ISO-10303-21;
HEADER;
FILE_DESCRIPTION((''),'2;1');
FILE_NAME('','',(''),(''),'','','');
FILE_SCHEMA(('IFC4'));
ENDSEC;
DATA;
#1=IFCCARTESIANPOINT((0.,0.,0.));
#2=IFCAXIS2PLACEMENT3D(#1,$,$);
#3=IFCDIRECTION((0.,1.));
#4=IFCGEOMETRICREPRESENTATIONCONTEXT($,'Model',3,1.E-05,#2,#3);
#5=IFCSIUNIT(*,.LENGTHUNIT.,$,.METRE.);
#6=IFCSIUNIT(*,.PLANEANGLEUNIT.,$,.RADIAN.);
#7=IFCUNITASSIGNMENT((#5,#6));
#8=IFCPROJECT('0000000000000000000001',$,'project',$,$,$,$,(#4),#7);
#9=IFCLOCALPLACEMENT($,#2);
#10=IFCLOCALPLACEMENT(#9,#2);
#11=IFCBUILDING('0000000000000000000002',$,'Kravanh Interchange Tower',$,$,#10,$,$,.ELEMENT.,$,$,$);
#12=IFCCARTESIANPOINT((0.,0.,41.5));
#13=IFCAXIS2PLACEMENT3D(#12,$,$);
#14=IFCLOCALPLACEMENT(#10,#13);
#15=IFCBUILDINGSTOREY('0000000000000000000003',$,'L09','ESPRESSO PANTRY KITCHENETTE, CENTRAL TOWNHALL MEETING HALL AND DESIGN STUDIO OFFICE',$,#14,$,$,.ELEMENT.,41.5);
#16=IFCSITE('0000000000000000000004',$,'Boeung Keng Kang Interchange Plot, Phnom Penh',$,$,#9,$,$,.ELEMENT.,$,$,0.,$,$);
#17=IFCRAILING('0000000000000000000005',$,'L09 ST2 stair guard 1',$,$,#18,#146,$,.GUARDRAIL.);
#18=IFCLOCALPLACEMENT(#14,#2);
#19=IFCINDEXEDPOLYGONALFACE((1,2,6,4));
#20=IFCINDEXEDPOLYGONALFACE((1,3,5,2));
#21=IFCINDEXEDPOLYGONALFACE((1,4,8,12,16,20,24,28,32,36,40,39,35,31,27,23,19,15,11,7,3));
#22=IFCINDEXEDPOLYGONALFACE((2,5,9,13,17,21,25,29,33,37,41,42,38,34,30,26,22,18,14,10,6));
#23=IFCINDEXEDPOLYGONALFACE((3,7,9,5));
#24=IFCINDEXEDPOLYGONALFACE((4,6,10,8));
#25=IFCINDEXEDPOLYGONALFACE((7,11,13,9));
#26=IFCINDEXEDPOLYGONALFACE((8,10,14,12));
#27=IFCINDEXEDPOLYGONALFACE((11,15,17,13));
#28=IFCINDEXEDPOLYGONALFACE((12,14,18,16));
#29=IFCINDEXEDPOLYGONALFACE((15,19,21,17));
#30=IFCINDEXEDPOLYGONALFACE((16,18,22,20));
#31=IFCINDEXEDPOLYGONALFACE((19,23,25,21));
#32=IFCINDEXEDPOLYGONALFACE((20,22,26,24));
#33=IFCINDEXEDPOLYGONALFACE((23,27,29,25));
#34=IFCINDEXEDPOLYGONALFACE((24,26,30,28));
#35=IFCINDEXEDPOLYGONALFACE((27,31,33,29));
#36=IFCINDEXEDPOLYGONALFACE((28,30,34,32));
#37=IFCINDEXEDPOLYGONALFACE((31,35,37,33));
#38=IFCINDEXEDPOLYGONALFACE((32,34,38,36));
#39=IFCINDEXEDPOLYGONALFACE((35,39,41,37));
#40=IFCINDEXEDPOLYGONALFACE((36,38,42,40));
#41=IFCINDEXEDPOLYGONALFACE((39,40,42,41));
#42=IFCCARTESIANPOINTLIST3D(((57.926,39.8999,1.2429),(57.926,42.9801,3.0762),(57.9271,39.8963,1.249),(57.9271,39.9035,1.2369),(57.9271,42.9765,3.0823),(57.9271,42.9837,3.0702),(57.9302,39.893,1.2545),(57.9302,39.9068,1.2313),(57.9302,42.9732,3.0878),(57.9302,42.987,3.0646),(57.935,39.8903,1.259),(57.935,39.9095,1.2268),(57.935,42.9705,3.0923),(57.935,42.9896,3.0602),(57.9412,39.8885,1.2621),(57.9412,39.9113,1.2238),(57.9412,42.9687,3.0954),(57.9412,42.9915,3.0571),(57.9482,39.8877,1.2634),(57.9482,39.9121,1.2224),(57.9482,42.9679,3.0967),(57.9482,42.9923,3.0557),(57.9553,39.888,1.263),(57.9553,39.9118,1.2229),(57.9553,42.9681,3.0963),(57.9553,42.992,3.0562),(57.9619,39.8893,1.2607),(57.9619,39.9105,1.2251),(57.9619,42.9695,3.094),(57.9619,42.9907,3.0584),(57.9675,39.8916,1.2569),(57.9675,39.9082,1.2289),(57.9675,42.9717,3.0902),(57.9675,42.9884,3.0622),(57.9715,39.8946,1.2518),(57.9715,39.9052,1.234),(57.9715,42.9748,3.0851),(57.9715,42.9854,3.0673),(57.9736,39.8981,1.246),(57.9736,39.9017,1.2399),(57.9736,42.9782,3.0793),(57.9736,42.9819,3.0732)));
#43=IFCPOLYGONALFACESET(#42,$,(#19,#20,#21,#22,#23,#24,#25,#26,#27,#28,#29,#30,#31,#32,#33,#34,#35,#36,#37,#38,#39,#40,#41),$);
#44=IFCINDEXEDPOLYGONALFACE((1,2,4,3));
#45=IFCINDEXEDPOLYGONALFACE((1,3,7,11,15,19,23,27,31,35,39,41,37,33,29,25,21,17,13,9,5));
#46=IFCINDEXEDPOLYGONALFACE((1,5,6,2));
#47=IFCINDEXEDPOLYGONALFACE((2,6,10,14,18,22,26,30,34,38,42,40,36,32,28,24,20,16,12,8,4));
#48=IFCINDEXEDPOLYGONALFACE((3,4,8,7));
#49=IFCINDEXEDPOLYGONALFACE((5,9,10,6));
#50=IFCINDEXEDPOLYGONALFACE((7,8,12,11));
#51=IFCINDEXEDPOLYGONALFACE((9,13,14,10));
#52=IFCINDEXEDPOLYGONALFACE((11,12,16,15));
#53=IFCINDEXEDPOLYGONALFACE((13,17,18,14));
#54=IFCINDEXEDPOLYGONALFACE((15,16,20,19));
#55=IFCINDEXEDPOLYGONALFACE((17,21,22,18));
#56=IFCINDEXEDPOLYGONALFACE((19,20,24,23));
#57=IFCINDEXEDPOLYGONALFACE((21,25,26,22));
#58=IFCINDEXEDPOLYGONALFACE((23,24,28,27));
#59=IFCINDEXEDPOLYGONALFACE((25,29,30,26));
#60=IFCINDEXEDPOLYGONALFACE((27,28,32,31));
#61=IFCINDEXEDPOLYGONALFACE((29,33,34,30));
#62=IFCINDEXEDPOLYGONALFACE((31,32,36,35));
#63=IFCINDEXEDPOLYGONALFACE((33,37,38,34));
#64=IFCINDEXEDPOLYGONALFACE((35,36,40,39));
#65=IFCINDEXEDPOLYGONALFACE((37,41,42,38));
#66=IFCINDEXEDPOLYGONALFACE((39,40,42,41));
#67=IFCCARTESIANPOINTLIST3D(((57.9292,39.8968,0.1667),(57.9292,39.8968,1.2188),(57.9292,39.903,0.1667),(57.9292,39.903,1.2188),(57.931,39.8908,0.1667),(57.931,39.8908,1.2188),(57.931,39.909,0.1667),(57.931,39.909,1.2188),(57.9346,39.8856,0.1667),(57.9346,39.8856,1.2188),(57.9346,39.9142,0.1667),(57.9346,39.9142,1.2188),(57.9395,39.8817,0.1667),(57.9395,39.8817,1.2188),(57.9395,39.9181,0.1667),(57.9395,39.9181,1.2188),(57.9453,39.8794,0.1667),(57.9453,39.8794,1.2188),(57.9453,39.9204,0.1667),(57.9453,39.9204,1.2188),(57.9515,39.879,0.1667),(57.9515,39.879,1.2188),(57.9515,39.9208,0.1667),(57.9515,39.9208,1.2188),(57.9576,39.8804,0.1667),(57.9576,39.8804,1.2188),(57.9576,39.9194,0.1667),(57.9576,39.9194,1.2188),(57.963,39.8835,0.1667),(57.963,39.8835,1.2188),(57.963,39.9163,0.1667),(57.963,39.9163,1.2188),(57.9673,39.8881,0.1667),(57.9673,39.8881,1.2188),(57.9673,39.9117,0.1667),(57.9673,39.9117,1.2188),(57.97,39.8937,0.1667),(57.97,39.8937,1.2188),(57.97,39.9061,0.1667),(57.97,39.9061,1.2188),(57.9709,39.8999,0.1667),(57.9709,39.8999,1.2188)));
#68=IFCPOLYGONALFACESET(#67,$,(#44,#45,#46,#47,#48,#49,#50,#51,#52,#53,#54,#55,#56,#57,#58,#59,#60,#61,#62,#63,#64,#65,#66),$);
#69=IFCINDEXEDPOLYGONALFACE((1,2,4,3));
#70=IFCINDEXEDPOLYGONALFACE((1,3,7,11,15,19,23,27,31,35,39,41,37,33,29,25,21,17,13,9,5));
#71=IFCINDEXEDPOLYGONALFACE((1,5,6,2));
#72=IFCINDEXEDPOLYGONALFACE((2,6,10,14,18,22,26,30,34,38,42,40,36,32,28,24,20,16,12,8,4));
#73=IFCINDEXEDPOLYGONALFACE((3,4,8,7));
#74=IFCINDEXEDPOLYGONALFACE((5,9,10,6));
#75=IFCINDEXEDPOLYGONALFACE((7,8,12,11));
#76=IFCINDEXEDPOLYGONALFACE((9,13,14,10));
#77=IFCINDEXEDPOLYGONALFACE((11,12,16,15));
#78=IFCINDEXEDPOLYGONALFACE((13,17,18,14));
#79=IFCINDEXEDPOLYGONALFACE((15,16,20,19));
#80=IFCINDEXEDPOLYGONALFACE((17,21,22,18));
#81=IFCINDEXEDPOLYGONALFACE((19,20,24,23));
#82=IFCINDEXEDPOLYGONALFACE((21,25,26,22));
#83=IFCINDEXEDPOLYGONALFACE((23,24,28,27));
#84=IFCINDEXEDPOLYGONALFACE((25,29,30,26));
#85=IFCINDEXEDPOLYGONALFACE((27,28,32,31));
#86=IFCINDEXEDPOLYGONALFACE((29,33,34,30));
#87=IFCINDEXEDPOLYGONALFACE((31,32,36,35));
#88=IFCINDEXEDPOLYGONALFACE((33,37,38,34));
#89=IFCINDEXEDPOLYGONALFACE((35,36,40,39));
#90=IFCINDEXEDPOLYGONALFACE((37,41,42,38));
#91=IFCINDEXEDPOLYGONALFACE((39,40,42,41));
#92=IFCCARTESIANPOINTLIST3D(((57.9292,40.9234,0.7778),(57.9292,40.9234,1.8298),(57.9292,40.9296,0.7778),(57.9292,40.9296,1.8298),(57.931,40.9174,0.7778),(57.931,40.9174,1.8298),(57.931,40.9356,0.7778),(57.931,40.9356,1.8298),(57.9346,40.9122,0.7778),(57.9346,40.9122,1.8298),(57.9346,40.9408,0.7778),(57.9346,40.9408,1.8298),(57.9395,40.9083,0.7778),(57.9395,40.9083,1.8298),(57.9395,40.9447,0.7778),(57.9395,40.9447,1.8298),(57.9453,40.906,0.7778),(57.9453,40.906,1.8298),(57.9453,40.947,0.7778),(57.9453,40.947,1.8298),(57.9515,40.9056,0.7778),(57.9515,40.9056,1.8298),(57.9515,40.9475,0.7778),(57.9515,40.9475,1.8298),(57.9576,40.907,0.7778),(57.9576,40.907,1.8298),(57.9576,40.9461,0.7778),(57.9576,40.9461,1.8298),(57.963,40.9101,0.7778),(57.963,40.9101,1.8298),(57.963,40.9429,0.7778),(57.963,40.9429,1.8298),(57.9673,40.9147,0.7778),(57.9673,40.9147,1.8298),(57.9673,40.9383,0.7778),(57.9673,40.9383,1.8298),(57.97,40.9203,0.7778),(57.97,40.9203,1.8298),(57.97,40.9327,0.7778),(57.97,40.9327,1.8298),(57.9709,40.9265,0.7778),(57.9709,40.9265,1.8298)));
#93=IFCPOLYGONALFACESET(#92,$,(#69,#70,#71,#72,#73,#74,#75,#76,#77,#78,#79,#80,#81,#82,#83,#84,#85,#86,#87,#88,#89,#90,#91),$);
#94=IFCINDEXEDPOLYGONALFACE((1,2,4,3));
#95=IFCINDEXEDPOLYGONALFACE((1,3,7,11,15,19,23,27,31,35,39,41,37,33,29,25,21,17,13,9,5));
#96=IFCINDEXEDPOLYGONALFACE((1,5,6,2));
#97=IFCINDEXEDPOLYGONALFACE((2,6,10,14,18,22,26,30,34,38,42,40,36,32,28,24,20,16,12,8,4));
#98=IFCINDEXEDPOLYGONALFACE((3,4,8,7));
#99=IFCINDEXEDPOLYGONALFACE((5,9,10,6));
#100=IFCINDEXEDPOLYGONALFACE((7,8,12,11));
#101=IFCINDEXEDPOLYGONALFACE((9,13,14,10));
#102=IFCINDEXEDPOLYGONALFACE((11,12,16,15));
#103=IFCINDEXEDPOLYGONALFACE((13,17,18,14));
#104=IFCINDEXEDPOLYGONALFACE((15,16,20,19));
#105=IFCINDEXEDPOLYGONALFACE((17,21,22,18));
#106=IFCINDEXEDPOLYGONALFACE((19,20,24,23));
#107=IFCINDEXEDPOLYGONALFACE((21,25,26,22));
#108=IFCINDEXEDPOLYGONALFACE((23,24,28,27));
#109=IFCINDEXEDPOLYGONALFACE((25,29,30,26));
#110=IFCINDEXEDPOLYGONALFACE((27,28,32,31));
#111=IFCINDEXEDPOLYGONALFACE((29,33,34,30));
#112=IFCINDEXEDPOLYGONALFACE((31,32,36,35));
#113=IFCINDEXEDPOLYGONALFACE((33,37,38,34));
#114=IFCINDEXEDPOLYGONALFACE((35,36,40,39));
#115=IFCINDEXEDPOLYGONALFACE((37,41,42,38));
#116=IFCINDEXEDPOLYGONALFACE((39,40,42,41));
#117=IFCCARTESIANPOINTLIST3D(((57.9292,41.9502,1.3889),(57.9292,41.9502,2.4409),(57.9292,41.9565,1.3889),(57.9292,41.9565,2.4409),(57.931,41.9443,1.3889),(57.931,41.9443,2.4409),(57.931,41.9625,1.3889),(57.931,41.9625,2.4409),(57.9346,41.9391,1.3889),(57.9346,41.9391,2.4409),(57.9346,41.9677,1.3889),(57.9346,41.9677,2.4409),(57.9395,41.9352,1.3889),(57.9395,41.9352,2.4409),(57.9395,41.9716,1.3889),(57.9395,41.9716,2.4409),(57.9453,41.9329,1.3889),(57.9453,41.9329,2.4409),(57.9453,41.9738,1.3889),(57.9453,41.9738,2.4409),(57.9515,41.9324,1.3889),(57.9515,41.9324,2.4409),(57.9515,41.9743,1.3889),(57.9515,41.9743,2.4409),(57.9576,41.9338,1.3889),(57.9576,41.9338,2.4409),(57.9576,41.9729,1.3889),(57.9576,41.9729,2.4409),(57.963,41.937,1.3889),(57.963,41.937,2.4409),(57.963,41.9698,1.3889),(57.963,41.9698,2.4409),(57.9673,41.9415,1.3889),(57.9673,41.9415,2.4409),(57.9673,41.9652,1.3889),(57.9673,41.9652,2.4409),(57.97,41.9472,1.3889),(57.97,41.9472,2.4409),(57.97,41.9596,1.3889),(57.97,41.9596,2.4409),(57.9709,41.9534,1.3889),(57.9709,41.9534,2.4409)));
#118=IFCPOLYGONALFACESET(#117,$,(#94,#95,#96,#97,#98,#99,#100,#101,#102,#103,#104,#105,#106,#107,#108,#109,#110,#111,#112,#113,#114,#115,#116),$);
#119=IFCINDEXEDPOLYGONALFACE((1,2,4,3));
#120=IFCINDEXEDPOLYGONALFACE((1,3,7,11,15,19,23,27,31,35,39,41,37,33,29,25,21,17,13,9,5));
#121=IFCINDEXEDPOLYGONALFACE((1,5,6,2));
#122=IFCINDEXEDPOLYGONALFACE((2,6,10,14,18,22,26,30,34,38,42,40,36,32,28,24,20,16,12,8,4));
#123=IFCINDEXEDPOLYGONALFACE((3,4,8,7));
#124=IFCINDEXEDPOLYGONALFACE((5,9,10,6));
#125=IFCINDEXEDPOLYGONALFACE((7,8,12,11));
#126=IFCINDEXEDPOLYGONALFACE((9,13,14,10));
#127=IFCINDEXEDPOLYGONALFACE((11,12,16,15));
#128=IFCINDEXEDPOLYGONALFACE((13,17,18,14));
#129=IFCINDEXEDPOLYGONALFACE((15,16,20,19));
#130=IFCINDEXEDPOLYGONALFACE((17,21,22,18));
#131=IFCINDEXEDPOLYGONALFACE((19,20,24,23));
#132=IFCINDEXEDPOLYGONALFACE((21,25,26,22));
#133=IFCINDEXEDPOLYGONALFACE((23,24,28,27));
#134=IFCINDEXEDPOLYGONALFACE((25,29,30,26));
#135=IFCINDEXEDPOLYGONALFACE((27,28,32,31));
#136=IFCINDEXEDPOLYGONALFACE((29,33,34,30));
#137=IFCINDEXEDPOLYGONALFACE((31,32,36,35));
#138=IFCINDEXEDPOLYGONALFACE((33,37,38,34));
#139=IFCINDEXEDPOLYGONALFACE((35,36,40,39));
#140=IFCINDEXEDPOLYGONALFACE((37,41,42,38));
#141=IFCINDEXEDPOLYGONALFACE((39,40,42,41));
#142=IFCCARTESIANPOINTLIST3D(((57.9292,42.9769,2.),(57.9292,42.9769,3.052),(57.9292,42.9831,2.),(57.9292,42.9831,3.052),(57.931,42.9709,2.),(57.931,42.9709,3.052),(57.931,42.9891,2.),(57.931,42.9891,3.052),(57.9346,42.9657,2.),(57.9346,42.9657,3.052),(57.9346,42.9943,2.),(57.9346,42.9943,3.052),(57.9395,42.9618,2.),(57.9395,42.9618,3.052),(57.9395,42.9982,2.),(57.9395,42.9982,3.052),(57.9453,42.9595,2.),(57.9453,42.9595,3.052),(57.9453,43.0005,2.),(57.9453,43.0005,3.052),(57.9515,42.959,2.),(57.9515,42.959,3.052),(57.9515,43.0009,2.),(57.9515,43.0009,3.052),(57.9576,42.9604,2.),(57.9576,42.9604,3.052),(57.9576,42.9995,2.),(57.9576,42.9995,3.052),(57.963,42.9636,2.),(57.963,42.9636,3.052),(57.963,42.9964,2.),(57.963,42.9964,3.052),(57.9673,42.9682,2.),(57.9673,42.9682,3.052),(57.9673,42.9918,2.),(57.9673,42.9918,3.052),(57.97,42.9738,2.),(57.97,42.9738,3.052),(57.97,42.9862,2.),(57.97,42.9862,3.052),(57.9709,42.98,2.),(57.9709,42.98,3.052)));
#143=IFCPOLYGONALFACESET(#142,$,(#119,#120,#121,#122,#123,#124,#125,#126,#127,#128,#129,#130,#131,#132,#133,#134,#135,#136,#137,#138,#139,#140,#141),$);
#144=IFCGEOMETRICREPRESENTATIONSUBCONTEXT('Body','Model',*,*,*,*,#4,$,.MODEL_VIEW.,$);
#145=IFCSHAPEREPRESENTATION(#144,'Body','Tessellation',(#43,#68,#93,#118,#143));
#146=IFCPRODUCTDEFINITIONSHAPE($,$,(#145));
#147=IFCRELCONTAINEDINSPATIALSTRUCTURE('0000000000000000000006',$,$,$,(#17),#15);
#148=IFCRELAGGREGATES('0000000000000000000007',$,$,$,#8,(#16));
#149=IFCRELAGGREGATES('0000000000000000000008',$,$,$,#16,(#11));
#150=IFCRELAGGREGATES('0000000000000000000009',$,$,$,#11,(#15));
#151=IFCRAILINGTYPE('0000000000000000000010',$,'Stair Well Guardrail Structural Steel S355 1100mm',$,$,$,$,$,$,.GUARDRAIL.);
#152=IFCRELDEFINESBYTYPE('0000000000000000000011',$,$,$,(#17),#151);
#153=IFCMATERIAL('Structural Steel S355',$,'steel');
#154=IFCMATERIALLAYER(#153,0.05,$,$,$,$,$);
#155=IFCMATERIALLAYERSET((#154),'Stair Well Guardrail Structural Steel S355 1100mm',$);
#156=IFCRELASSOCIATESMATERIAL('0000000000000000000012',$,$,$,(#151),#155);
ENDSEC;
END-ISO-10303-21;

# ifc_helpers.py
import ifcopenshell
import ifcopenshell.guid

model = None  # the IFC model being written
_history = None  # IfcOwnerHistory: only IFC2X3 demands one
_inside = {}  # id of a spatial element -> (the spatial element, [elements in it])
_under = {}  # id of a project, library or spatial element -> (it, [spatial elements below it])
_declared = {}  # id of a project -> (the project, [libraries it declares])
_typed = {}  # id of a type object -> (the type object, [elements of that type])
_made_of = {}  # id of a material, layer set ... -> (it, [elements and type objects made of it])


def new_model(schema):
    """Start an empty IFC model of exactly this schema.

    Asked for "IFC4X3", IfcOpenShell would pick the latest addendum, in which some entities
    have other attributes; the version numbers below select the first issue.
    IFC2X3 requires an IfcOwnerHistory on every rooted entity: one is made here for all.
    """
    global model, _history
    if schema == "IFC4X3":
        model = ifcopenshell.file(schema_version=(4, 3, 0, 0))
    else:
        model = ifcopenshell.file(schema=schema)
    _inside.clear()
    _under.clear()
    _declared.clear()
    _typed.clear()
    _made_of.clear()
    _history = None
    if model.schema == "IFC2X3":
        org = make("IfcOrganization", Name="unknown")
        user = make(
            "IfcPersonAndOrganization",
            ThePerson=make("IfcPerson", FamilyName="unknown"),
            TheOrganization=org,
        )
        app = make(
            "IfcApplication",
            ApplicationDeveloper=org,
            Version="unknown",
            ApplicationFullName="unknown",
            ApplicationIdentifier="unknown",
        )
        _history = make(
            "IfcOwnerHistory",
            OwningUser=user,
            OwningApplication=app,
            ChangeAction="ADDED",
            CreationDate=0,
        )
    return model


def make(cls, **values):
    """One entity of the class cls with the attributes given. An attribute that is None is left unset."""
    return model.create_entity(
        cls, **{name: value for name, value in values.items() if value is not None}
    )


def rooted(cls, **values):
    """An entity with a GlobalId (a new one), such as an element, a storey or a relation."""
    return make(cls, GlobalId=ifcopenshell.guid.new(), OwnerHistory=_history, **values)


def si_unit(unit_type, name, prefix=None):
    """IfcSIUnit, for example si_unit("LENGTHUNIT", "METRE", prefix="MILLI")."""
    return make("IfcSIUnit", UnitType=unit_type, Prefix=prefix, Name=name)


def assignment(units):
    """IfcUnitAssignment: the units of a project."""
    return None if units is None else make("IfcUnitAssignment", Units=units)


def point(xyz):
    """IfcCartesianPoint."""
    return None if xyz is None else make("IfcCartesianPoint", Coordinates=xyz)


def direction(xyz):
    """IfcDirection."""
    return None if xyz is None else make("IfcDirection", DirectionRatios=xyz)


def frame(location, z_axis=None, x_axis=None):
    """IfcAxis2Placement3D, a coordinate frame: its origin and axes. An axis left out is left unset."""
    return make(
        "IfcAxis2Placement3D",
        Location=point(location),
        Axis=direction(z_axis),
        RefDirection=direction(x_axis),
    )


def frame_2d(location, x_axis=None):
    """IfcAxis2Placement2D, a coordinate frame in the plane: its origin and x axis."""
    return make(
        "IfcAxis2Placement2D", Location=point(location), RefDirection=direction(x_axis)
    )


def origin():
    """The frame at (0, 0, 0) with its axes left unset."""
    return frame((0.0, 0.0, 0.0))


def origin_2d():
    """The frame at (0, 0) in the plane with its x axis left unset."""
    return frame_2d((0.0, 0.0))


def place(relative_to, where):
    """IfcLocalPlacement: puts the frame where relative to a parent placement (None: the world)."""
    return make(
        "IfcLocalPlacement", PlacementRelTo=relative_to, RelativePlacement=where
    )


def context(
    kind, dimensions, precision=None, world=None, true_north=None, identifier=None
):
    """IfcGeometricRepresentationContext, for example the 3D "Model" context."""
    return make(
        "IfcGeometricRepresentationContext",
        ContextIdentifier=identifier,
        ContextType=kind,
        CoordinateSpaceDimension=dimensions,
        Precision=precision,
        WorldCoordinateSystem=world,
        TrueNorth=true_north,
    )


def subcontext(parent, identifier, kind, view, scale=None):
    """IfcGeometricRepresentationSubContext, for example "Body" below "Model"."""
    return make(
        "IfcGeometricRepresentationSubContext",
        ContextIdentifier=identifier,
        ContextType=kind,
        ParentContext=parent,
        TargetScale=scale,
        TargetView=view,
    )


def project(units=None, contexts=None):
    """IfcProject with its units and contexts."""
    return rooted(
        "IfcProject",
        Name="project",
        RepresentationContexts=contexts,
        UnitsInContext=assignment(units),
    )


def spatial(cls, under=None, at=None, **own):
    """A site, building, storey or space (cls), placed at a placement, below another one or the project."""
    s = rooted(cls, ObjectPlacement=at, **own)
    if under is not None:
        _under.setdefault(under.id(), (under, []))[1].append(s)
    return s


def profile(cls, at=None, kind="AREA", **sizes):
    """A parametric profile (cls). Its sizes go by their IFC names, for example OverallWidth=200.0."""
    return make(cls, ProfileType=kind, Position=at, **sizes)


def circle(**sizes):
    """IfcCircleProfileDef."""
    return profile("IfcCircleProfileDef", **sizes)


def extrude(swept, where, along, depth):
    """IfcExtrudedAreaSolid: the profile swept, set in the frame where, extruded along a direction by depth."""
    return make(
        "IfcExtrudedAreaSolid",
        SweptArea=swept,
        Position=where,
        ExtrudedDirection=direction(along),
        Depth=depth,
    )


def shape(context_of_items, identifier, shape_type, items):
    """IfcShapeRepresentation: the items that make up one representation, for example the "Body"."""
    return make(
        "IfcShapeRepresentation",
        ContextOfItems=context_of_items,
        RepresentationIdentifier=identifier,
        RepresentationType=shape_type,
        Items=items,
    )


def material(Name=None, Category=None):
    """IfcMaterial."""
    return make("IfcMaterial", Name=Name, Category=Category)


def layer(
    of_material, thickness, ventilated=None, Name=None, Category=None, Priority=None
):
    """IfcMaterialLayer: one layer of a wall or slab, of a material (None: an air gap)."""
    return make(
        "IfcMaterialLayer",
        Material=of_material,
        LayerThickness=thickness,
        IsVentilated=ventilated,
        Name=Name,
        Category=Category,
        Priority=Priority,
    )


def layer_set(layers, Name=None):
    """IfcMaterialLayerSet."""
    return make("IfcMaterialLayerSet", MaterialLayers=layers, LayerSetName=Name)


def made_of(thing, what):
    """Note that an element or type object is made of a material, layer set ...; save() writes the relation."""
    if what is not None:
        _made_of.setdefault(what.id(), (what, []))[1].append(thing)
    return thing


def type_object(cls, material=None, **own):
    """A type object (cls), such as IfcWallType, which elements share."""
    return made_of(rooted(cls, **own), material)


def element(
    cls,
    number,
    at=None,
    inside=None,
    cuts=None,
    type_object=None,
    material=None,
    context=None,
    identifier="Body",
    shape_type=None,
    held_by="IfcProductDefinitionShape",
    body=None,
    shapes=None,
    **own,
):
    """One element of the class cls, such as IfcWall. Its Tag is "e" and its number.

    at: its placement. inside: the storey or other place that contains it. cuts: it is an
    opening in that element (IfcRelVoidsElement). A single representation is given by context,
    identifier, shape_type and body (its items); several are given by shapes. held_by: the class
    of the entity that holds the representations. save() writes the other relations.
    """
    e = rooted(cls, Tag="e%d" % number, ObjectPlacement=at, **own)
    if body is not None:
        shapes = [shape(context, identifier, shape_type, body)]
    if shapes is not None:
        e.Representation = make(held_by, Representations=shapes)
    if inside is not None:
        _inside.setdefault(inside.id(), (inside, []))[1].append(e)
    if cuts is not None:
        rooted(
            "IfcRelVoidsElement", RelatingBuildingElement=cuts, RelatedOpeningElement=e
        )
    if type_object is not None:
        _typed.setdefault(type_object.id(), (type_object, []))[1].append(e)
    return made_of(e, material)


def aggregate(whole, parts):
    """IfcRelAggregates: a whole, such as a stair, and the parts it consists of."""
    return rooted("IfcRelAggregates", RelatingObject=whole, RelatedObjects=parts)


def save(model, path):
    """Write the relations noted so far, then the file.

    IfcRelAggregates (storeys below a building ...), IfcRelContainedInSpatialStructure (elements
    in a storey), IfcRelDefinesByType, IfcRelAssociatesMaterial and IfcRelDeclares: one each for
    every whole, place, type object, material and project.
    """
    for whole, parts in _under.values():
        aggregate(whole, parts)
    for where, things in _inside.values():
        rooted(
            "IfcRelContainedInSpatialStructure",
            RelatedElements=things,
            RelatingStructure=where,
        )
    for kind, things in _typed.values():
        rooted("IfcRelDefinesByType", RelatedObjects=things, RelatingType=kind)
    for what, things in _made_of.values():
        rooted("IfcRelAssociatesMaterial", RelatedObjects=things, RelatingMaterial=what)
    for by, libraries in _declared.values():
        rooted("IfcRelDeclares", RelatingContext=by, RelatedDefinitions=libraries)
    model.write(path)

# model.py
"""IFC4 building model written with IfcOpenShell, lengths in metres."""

from ifc_helpers import new_model, si_unit, direction, frame, origin, origin_2d, place, context, subcontext, project, spatial, circle, extrude, material, layer, layer_set, type_object, element, save


model = new_model("IFC4")

# Units and contexts
model_context = context("Model", 3, precision=1e-05, world=origin(), true_north=direction((0.0, 1.0)))
body_context = subcontext(model_context, "Body", "Model", "MODEL_VIEW")
ifc_project = project(units=[si_unit("LENGTHUNIT", "METRE"), si_unit("PLANEANGLEUNIT", "RADIAN")], contexts=[model_context])

# Site, building, storey
site_placement = place(None, origin())
site = spatial("IfcSite", under=ifc_project, at=site_placement, Name="Boeung Keng Kang Interchange Plot, Phnom Penh", CompositionType="ELEMENT", RefElevation=0.0)
building_placement = place(site_placement, origin())
building = spatial("IfcBuilding", under=site, at=building_placement, Name="Kravanh Interchange Tower", CompositionType="ELEMENT")
storey_placement = place(building_placement, frame((0.0, 0.0, 41.5)))
storey = spatial("IfcBuildingStorey", under=building, at=storey_placement, Name="L09", Description="ESPRESSO PANTRY KITCHENETTE, CENTRAL TOWNHALL MEETING HALL AND DESIGN STUDIO OFFICE", CompositionType="ELEMENT", Elevation=41.5)

# Railing
ifc_material_1 = material(Name="Structural Steel S355", Category="steel")
ifc_layer_1 = layer(ifc_material_1, 0.05)
ifc_layer_set_1 = layer_set([ifc_layer_1], Name="Stair Well Guardrail Structural Steel S355 1100mm")
railing_type_1 = type_object("IfcRailingType", Name="Stair Well Guardrail Structural Steel S355 1100mm", PredefinedType="GUARDRAIL", material=ifc_layer_set_1)
railing_1_placement = place(storey_placement, frame((57.95, 39.8999, 0.1667)))
element("IfcRailing", 1, at=railing_1_placement, inside=storey, type_object=railing_type_1, Name="L09 ST2 stair guard 1", PredefinedType="GUARDRAIL", context=body_context, shape_type="SweptSolid", body=[
    extrude(circle(Radius=0.0239, at=origin_2d()), frame((0.0, 0.0, 1.0762), z_axis=(0.0, 0.859309, 0.511458), x_axis=(-1.0, 0.0, 0.0)), (0.0, 0.0, 1.0), 3.5845),
    extrude(circle(Radius=0.021, at=origin_2d()), origin(), (0.0, 0.0, 1.0), 1.052),
    extrude(circle(Radius=0.021, at=origin_2d()), frame((0.0, 1.0266, 0.6111)), (0.0, 0.0, 1.0), 1.052),
    extrude(circle(Radius=0.021, at=origin_2d()), frame((0.0, 2.0535, 1.2222)), (0.0, 0.0, 1.0), 1.052),
    extrude(circle(Radius=0.021, at=origin_2d()), frame((0.0, 3.0801, 1.8333)), (0.0, 0.0, 1.0), 1.052),
])

save(model, "model.ifc")
